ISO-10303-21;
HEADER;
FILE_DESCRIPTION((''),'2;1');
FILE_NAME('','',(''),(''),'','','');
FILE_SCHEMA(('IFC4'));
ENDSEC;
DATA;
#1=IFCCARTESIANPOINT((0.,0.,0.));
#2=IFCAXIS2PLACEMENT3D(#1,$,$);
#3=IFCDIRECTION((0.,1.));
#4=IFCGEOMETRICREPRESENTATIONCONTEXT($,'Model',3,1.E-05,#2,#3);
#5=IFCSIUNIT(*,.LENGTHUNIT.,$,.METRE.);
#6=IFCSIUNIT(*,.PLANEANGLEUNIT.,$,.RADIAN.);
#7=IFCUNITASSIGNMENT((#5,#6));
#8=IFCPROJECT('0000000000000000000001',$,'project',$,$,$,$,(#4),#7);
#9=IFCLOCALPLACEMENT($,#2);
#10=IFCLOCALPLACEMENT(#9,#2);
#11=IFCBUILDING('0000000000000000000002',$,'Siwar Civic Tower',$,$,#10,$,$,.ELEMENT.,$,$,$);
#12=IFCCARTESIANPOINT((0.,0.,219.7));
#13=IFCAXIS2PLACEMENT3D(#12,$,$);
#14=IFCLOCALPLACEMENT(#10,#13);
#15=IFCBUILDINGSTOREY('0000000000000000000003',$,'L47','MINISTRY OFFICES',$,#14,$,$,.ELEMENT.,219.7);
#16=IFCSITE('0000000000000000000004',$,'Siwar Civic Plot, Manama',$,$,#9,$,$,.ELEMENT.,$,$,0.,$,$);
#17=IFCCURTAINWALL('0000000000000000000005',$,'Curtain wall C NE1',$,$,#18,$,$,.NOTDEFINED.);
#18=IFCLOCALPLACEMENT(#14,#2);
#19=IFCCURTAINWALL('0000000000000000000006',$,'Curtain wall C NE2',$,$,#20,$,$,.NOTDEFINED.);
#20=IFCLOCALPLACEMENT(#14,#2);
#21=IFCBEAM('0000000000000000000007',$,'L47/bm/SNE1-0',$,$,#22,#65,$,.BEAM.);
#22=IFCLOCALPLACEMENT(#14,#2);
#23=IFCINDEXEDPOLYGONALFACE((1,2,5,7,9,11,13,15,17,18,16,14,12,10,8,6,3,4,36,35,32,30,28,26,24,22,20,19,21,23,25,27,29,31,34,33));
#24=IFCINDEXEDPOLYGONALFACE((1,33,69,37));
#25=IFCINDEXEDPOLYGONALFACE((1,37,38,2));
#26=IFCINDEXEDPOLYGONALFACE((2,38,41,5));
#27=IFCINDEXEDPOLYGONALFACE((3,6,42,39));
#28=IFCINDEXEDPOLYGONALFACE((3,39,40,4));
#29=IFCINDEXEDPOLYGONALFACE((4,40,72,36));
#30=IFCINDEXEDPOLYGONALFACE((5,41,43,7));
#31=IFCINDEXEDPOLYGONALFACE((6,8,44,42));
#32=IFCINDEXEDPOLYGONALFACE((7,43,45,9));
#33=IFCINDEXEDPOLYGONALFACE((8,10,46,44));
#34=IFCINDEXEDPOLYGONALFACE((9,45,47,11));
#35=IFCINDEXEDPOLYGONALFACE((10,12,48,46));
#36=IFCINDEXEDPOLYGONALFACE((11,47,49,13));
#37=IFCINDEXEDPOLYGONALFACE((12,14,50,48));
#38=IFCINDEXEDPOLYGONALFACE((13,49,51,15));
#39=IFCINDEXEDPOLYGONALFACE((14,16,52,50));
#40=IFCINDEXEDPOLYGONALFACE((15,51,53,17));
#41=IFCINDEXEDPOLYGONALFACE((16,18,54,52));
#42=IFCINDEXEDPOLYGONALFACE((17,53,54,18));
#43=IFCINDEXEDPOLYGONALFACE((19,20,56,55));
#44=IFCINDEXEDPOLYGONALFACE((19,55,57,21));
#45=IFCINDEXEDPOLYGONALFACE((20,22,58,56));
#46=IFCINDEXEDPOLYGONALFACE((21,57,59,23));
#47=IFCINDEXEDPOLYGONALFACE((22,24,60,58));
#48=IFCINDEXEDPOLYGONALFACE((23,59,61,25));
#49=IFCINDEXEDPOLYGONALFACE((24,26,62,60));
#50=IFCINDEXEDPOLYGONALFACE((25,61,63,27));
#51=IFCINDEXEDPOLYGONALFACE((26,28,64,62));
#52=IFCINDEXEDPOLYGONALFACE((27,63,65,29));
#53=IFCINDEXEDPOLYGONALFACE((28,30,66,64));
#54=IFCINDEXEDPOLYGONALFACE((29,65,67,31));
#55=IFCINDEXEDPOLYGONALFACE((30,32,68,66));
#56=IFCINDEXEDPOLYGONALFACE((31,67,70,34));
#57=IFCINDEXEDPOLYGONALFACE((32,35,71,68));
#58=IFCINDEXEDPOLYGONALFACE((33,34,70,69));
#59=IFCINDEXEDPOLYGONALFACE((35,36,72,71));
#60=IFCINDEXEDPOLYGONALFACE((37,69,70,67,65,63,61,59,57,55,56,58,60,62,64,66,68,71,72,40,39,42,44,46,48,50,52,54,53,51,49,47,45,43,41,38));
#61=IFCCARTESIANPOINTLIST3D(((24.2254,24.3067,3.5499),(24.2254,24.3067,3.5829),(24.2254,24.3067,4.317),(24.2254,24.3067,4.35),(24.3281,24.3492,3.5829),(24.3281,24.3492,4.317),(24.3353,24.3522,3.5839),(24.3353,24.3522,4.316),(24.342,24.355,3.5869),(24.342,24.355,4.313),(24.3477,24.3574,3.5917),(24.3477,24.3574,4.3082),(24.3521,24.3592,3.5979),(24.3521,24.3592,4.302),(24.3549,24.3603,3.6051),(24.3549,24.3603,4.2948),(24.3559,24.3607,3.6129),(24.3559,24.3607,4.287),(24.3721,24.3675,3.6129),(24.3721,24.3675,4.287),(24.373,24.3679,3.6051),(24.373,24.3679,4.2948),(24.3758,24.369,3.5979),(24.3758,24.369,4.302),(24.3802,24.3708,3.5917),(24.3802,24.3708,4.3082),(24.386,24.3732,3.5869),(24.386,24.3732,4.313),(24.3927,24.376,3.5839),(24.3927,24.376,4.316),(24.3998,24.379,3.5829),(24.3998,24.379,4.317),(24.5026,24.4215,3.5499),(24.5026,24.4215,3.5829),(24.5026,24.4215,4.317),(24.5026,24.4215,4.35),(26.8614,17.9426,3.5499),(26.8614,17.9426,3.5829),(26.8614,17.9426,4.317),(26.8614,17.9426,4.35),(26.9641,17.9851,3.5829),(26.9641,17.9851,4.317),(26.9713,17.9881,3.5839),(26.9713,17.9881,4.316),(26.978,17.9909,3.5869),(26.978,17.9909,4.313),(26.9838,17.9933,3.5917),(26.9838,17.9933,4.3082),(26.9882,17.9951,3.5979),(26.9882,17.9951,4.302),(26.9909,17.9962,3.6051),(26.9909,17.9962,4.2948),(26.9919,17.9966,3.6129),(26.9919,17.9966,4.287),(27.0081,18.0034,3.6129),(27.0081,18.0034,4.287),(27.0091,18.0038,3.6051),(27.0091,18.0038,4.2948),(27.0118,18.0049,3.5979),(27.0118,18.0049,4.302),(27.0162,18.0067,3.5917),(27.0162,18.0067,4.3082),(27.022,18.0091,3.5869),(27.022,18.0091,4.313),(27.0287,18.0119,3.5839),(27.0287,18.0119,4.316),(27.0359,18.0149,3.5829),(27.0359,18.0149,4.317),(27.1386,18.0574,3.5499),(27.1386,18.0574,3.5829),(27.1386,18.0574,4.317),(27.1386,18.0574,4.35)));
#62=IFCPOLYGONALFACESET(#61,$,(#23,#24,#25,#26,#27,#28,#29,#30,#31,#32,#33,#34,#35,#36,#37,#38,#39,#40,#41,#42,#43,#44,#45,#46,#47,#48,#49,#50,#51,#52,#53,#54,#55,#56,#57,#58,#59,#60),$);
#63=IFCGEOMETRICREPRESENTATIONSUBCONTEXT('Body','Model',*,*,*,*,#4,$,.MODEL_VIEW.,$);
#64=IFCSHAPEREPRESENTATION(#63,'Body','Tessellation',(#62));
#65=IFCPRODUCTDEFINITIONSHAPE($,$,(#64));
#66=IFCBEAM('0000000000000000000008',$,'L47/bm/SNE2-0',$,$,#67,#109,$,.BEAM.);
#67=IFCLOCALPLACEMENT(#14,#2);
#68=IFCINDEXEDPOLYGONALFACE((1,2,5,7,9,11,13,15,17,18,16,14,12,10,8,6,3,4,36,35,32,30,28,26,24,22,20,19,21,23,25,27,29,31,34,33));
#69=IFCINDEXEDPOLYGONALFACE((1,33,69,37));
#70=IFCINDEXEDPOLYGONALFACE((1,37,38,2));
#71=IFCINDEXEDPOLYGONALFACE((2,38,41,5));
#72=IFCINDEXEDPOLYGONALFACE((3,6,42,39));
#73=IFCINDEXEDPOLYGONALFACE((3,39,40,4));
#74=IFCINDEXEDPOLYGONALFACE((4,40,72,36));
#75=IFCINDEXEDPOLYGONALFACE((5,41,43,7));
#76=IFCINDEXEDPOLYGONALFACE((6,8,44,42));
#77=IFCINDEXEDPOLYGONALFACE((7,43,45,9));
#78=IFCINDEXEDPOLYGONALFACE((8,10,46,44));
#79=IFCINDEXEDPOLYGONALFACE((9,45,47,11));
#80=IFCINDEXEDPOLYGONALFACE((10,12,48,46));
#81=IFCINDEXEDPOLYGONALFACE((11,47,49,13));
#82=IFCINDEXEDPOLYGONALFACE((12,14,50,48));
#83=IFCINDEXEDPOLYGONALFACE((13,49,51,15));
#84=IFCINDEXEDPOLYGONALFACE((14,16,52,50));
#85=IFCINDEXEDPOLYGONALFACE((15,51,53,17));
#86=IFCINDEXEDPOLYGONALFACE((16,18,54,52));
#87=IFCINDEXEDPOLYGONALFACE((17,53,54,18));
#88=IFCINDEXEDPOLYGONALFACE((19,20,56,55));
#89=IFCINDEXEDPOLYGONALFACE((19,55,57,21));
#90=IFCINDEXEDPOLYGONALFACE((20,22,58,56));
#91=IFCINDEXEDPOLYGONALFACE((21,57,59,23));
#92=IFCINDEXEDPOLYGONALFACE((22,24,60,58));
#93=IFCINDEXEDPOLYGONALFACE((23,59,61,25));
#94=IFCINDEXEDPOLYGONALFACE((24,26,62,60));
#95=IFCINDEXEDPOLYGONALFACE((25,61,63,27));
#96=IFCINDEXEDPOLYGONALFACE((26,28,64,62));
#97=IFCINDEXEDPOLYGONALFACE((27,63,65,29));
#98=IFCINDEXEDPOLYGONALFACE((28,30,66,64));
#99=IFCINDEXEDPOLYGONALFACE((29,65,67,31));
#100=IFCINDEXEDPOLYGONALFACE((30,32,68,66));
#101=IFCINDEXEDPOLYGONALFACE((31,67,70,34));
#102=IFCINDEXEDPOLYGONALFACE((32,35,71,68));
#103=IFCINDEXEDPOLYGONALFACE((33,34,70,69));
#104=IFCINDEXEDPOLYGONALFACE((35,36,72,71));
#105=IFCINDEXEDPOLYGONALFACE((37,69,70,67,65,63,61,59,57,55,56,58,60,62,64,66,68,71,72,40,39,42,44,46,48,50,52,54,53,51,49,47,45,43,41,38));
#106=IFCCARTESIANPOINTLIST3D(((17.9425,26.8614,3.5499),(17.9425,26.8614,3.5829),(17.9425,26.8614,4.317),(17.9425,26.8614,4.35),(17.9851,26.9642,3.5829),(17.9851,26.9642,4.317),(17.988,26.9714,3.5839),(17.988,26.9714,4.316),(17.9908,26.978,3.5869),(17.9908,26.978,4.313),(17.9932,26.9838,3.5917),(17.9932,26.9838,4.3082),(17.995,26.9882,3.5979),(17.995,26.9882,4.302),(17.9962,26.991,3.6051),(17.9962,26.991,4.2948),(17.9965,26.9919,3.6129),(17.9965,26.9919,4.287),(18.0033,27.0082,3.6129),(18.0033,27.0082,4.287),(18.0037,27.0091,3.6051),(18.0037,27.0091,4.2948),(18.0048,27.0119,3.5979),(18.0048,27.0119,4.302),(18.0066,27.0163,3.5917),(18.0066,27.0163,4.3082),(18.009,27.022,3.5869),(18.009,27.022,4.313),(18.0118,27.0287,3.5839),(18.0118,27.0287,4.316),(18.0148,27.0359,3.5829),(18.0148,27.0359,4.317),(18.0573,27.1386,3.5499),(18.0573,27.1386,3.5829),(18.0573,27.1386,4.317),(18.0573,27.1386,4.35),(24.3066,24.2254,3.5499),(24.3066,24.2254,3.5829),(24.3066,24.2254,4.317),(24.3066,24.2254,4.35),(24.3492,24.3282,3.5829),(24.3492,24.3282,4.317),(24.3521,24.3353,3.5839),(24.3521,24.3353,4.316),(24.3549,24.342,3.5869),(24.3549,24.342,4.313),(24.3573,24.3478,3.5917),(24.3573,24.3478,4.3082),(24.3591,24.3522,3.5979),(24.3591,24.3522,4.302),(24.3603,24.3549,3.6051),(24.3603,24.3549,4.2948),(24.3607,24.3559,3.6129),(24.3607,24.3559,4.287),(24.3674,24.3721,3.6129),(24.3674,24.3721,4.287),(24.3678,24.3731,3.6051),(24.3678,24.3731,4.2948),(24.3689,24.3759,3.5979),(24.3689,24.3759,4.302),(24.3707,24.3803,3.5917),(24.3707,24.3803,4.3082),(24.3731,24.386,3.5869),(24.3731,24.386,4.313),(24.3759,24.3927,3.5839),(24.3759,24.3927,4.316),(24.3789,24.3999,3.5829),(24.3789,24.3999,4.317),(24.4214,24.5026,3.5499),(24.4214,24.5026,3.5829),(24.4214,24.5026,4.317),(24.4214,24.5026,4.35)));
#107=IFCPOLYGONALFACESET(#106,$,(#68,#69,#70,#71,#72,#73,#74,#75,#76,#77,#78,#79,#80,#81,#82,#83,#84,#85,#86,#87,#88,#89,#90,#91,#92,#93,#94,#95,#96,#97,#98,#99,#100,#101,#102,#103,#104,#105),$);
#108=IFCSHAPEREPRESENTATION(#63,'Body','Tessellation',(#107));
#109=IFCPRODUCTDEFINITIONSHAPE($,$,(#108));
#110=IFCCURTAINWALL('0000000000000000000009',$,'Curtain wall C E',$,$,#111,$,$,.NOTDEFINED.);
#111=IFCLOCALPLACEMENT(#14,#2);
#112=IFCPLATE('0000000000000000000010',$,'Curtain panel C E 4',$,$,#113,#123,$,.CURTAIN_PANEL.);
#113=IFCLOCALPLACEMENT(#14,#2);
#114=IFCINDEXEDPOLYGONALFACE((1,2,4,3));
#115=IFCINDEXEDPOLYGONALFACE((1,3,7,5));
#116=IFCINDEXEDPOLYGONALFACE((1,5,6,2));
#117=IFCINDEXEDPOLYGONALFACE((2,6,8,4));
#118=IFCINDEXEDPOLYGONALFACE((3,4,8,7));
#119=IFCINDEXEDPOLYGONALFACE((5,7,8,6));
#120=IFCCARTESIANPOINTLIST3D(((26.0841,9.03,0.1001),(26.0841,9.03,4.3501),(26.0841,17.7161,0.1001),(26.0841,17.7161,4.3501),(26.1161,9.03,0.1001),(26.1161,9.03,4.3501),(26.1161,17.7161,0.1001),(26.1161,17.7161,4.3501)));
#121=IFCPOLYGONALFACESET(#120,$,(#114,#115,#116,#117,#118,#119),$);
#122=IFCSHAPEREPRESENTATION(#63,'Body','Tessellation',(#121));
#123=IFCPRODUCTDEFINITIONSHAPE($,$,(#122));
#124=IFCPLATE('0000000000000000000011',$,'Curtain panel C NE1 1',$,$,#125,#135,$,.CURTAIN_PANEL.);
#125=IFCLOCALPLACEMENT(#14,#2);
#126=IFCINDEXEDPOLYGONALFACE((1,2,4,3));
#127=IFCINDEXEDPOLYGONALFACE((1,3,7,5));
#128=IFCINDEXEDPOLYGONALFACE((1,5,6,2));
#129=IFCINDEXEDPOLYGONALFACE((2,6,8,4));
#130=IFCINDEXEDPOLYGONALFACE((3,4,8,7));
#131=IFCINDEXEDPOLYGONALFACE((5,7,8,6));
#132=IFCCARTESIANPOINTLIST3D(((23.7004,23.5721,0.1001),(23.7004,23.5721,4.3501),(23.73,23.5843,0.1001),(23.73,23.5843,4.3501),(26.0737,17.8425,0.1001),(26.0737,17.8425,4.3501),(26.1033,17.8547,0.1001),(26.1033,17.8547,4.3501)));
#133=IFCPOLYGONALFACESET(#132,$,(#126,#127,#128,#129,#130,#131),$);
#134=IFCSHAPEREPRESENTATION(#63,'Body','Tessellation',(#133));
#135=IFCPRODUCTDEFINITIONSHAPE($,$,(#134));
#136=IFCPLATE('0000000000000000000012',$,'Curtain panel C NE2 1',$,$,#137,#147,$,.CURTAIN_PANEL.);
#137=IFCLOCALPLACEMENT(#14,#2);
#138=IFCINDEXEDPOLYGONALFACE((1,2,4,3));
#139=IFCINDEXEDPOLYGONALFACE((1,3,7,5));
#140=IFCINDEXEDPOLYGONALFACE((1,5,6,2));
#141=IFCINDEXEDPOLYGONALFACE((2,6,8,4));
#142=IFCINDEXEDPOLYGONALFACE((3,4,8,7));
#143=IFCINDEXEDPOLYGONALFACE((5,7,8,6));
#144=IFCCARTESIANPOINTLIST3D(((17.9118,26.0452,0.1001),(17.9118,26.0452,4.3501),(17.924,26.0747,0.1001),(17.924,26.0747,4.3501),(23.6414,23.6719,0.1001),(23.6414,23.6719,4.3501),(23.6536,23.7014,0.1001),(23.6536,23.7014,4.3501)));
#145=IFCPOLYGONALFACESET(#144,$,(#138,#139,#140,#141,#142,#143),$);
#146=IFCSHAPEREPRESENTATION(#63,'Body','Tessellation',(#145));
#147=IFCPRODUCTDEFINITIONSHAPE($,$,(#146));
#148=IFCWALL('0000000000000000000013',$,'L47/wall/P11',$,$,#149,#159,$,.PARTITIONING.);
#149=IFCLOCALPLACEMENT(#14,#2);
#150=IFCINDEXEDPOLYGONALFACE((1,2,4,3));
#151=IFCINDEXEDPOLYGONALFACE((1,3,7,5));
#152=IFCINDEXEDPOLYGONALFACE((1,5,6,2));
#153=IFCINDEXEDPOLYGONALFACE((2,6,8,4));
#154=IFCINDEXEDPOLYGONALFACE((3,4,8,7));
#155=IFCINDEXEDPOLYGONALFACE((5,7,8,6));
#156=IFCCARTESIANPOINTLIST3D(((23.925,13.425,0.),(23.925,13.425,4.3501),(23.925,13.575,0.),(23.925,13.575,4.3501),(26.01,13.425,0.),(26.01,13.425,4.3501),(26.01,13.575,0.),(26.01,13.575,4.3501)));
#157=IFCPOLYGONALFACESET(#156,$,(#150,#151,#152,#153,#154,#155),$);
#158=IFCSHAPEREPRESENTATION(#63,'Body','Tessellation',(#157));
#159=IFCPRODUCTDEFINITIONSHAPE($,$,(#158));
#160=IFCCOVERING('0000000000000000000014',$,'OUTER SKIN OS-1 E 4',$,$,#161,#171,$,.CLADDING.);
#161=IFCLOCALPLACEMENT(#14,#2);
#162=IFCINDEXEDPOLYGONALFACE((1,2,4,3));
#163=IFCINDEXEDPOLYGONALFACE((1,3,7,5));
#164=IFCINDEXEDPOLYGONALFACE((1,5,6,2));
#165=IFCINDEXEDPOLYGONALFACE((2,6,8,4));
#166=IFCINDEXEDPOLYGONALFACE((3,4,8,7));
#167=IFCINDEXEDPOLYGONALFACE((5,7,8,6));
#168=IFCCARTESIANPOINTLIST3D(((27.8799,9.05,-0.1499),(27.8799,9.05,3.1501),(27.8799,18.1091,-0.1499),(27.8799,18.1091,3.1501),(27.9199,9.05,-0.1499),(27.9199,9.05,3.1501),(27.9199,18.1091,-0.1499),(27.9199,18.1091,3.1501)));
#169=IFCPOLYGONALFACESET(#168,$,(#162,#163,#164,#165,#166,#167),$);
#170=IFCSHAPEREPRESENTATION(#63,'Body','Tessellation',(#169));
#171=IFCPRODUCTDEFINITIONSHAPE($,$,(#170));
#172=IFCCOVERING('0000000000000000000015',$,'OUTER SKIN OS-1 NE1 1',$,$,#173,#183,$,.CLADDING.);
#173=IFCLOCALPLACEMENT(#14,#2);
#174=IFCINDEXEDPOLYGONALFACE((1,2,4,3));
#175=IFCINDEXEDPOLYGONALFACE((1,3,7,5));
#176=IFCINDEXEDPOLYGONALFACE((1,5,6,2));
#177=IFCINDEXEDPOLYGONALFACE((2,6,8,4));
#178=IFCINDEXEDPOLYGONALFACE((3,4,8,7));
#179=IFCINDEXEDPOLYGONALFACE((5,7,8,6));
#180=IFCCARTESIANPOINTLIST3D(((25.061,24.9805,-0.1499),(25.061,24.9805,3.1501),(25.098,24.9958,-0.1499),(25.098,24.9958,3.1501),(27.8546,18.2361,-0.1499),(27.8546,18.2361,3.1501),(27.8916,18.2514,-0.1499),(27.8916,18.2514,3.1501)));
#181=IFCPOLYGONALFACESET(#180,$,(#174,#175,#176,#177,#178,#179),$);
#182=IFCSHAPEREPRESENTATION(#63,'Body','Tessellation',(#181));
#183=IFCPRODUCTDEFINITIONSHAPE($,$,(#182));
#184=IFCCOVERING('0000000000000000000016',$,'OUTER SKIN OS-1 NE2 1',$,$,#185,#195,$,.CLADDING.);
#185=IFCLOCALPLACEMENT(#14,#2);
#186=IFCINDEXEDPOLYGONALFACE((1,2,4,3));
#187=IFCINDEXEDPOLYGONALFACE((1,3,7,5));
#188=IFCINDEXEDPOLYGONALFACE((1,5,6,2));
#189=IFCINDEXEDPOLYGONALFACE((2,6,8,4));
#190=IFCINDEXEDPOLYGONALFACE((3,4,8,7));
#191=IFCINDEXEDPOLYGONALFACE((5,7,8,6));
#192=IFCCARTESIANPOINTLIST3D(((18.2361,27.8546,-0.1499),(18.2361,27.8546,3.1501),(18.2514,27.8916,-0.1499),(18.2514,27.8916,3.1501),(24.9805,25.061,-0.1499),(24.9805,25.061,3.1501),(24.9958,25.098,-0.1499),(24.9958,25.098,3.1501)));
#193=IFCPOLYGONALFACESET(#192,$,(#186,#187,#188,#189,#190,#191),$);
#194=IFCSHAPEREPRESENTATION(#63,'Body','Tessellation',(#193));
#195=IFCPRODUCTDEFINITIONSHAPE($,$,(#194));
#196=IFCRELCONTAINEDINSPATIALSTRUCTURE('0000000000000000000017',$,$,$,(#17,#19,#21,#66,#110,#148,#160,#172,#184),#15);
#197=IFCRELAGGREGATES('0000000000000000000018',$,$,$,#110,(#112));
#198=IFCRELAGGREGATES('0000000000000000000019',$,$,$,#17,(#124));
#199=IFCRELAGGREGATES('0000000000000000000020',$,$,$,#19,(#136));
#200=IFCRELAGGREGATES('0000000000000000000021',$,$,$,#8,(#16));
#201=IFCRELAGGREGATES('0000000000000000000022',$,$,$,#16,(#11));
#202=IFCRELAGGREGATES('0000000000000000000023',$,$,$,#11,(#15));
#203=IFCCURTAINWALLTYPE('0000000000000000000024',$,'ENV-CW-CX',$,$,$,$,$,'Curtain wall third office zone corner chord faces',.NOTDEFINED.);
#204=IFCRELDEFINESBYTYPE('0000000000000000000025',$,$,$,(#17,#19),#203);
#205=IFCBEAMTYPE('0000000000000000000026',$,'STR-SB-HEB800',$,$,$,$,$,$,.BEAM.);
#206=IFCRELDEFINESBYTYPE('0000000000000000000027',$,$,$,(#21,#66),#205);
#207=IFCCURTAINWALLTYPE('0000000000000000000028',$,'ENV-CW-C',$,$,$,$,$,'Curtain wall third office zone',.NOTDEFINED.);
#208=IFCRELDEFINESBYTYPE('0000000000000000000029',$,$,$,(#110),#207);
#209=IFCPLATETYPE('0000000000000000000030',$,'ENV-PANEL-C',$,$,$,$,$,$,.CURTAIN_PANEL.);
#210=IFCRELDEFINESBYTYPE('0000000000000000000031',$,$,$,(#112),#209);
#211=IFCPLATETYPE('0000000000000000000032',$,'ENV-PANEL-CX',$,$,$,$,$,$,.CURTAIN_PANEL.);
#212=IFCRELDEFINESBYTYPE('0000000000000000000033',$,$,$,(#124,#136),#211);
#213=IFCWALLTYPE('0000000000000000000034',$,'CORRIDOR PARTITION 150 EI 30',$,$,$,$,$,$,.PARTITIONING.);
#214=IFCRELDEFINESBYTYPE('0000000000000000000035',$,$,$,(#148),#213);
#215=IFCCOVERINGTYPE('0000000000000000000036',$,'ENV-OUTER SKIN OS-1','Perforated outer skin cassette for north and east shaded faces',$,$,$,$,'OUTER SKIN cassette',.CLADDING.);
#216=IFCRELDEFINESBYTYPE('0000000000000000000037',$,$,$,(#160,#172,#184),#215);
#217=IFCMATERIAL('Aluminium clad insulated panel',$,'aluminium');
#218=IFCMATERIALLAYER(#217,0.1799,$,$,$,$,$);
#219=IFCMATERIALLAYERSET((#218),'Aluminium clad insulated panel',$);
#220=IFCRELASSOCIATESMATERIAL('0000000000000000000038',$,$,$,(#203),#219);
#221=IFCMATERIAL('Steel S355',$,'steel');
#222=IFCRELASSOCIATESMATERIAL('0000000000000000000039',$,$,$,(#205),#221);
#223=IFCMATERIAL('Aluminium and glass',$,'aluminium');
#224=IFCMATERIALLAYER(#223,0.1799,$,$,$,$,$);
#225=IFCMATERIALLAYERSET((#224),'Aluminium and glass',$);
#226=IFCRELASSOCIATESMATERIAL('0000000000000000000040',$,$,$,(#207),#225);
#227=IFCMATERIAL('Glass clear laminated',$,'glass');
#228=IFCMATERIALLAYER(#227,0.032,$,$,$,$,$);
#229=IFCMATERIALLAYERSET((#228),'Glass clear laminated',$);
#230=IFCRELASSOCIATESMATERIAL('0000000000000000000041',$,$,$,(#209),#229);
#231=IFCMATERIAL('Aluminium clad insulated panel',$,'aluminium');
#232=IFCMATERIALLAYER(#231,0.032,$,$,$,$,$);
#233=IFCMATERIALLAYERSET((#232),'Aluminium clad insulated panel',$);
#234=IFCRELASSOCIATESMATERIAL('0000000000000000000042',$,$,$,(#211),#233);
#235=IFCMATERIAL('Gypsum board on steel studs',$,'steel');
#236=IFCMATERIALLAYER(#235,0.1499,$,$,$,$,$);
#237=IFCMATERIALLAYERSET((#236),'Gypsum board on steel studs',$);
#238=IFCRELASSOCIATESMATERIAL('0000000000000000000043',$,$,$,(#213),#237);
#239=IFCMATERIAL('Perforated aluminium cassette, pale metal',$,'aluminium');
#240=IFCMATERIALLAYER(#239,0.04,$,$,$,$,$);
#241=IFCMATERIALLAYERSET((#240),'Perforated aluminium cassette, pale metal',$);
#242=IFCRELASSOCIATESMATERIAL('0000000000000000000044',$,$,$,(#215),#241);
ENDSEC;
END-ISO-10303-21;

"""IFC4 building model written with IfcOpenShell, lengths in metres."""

from ifc_helpers import new_model, si_unit, direction, frame, frame_2d, origin, origin_2d, place, context, subcontext, project, spatial, rectangle, i_section, extrude, material, layer, layer_set, material_profile, profile_set, type_object, element, aggregate, save


model = new_model("IFC4")

# Units and contexts
model_context = context("Model", 3, precision=1e-05, world=origin(), true_north=direction((0.0, 1.0)))
body_context = subcontext(model_context, "Body", "Model", "MODEL_VIEW")
ifc_project = project(units=[si_unit("LENGTHUNIT", "METRE"), si_unit("PLANEANGLEUNIT", "RADIAN")], contexts=[model_context])

# Site, building, storey
site_placement = place(None, origin())
site = spatial("IfcSite", under=ifc_project, at=site_placement, Name="Siwar Civic Plot, Manama", CompositionType="ELEMENT", RefElevation=0.0)
building_placement = place(site_placement, origin())
building = spatial("IfcBuilding", under=site, at=building_placement, Name="Siwar Civic Tower", CompositionType="ELEMENT")
storey_placement = place(building_placement, frame((0.0, 0.0, 219.7)))
storey = spatial("IfcBuildingStorey", under=building, at=storey_placement, Name="L47", Description="MINISTRY OFFICES", CompositionType="ELEMENT", Elevation=219.7)

# Curtain walls
ifc_material_1 = material(Name="Aluminium clad insulated panel", Category="aluminium")
ifc_layer_1 = layer(ifc_material_1, 0.1799)
ifc_layer_set_1 = layer_set([ifc_layer_1], Name="Aluminium clad insulated panel")
curtain_wall_type_1 = type_object("IfcCurtainWallType", Name="ENV-CW-CX", ElementType="Curtain wall third office zone corner chord faces", PredefinedType="NOTDEFINED", material=ifc_layer_set_1)
curtain_wall_1_placement = place(storey_placement, origin())
curtain_wall_1 = element("IfcCurtainWall", 1, at=curtain_wall_1_placement, inside=storey, type_object=curtain_wall_type_1, Name="Curtain wall C NE1", PredefinedType="NOTDEFINED")
curtain_wall_2_placement = place(storey_placement, origin())
curtain_wall_2 = element("IfcCurtainWall", 2, at=curtain_wall_2_placement, inside=storey, type_object=curtain_wall_type_1, Name="Curtain wall C NE2", PredefinedType="NOTDEFINED")

# Beams
ifc_material_2 = material(Name="Steel S355", Category="steel")
ifc_material_profile_1 = material_profile(ifc_material_2, i_section(OverallWidth=0.3, OverallDepth=0.8, WebThickness=0.0176, FlangeThickness=0.033, FilletRadius=0.03, at=origin_2d()), Name="HEB800")
ifc_profile_set_1 = profile_set([ifc_material_profile_1], Name="Steel S355")
beam_type_1 = type_object("IfcBeamType", Name="STR-SB-HEB800", PredefinedType="BEAM", material=ifc_profile_set_1)
for number, where, z_axis, x_axis, name in (
    (3, (27.0, 18.0, 3.95), (-0.382674, 0.923883, 0.0), (-0.923883, -0.382674, 0.0), "L47/bm/SNE1-0"),
    (4, (24.364, 24.364, 3.95), (-0.923883, 0.382674, 0.0), (-0.382674, -0.923883, 0.0), "L47/bm/SNE2-0"),
):
    element("IfcBeam", number, at=place(storey_placement, frame(where, z_axis=z_axis, x_axis=x_axis)), inside=storey, type_object=beam_type_1, Name=name, PredefinedType="BEAM", context=body_context, shape_type="SweptSolid", body=[
        extrude(i_section(OverallWidth=0.3, OverallDepth=0.8, WebThickness=0.0176, FlangeThickness=0.033, FilletRadius=0.03, at=origin_2d()), origin(), (0.0, 0.0, 1.0), 6.8884),
    ])

# Curtain wall, plate
ifc_material_3 = material(Name="Aluminium and glass", Category="aluminium")
ifc_layer_2 = layer(ifc_material_3, 0.1799)
ifc_layer_set_2 = layer_set([ifc_layer_2], Name="Aluminium and glass")
curtain_wall_type_2 = type_object("IfcCurtainWallType", Name="ENV-CW-C", ElementType="Curtain wall third office zone", PredefinedType="NOTDEFINED", material=ifc_layer_set_2)
curtain_wall_3_placement = place(storey_placement, origin())
curtain_wall_3 = element("IfcCurtainWall", 5, at=curtain_wall_3_placement, inside=storey, type_object=curtain_wall_type_2, Name="Curtain wall C E", PredefinedType="NOTDEFINED")
ifc_material_4 = material(Name="Glass clear laminated", Category="glass")
ifc_layer_3 = layer(ifc_material_4, 0.032)
ifc_layer_set_3 = layer_set([ifc_layer_3], Name="Glass clear laminated")
plate_type_1 = type_object("IfcPlateType", Name="ENV-PANEL-C", PredefinedType="CURTAIN_PANEL", material=ifc_layer_set_3)
plate_1_placement = place(storey_placement, frame((26.1001, 13.373, 0.1001), z_axis=(0.0, 0.0, 1.0), x_axis=(0.0, 1.0, 0.0)))
plate_1 = element("IfcPlate", 6, at=plate_1_placement, type_object=plate_type_1, Name="Curtain panel C E 4", PredefinedType="CURTAIN_PANEL", context=body_context, shape_type="SweptSolid", body=[
    extrude(rectangle(XDim=8.686, YDim=0.032, at=origin_2d()), origin(), (0.0, 0.0, 1.0), 4.25),
])
aggregate(curtain_wall_3, [plate_1])

# Plates
ifc_material_5 = material(Name="Aluminium clad insulated panel", Category="aluminium")
ifc_layer_4 = layer(ifc_material_5, 0.032)
ifc_layer_set_4 = layer_set([ifc_layer_4], Name="Aluminium clad insulated panel")
plate_type_2 = type_object("IfcPlateType", Name="ENV-PANEL-CX", PredefinedType="CURTAIN_PANEL", material=ifc_layer_set_4)
plate_2_placement = place(storey_placement, frame((24.9019, 20.7134, 0.1001), z_axis=(0.0, 0.0, 1.0), x_axis=(-0.382683, 0.92388, 0.0)))
plate_2 = element("IfcPlate", 7, at=plate_2_placement, type_object=plate_type_2, Name="Curtain panel C NE1 1", PredefinedType="CURTAIN_PANEL", context=body_context, shape_type="SweptSolid", body=[
    extrude(rectangle(XDim=6.2017, YDim=0.032, at=origin_2d()), origin(), (0.0, 0.0, 1.0), 4.25),
])
aggregate(curtain_wall_1, [plate_2])
plate_3_placement = place(storey_placement, frame((20.7827, 24.8733, 0.1001), z_axis=(0.0, 0.0, 1.0), x_axis=(-0.92388, 0.382683, 0.0)))
plate_3 = element("IfcPlate", 8, at=plate_3_placement, type_object=plate_type_2, Name="Curtain panel C NE2 1", PredefinedType="CURTAIN_PANEL", context=body_context, shape_type="SweptSolid", body=[
    extrude(rectangle(XDim=6.2017, YDim=0.032, at=origin_2d()), origin(), (0.0, 0.0, 1.0), 4.25),
])
aggregate(curtain_wall_2, [plate_3])

# Wall
ifc_material_6 = material(Name="Gypsum board on steel studs", Category="steel")
ifc_layer_5 = layer(ifc_material_6, 0.1499)
ifc_layer_set_5 = layer_set([ifc_layer_5], Name="Gypsum board on steel studs")
wall_type = type_object("IfcWallType", Name="CORRIDOR PARTITION 150 EI 30", PredefinedType="PARTITIONING", material=ifc_layer_set_5)
wall_placement = place(storey_placement, frame((23.925, 13.5, 0.0), z_axis=(0.0, 0.0, 1.0), x_axis=(1.0, 0.0, 0.0)))
element("IfcWall", 9, at=wall_placement, inside=storey, type_object=wall_type, Name="L47/wall/P11", PredefinedType="PARTITIONING", context=body_context, shape_type="SweptSolid", body=[
    extrude(rectangle(XDim=2.085, YDim=0.1499, at=frame_2d((1.0425, 0.0))), origin(), (0.0, 0.0, 1.0), 4.3501),
])

# Coverings
ifc_material_7 = material(Name="Perforated aluminium cassette, pale metal", Category="aluminium")
ifc_layer_6 = layer(ifc_material_7, 0.04)
ifc_layer_set_6 = layer_set([ifc_layer_6], Name="Perforated aluminium cassette, pale metal")
covering_type = type_object("IfcCoveringType", Name="ENV-OUTER SKIN OS-1", Description="Perforated outer skin cassette for north and east shaded faces", ElementType="OUTER SKIN cassette", PredefinedType="CLADDING", material=ifc_layer_set_6)
covering_placement = place(storey_placement, frame((27.8999, 13.5796, -0.1499), z_axis=(0.0, 0.0, 1.0), x_axis=(0.0, 1.0, 0.0)))
element("IfcCovering", 10, at=covering_placement, inside=storey, type_object=covering_type, Name="OUTER SKIN OS-1 E 4", PredefinedType="CLADDING", context=body_context, shape_type="SweptSolid", body=[
    extrude(rectangle(XDim=9.0591, YDim=0.04, at=origin_2d()), origin(), (0.0, 0.0, 1.0), 3.3),
])
for number, where, z_axis, x_axis, name in (
    (11, (26.4763, 21.616, -0.1499), (0.0, 0.0, 1.0), (-0.382683, 0.92388, 0.0), "OUTER SKIN OS-1 NE1 1"),
    (12, (21.616, 26.4763, -0.1499), (0.0, 0.0, 1.0), (-0.92388, 0.382683, 0.0), "OUTER SKIN OS-1 NE2 1"),
):
    element("IfcCovering", number, at=place(storey_placement, frame(where, z_axis=z_axis, x_axis=x_axis)), inside=storey, type_object=covering_type, Name=name, PredefinedType="CLADDING", context=body_context, shape_type="SweptSolid", body=[
        extrude(rectangle(XDim=7.3, YDim=0.04, at=origin_2d()), origin(), (0.0, 0.0, 1.0), 3.3),
    ])

save(model, "model.ifc")
